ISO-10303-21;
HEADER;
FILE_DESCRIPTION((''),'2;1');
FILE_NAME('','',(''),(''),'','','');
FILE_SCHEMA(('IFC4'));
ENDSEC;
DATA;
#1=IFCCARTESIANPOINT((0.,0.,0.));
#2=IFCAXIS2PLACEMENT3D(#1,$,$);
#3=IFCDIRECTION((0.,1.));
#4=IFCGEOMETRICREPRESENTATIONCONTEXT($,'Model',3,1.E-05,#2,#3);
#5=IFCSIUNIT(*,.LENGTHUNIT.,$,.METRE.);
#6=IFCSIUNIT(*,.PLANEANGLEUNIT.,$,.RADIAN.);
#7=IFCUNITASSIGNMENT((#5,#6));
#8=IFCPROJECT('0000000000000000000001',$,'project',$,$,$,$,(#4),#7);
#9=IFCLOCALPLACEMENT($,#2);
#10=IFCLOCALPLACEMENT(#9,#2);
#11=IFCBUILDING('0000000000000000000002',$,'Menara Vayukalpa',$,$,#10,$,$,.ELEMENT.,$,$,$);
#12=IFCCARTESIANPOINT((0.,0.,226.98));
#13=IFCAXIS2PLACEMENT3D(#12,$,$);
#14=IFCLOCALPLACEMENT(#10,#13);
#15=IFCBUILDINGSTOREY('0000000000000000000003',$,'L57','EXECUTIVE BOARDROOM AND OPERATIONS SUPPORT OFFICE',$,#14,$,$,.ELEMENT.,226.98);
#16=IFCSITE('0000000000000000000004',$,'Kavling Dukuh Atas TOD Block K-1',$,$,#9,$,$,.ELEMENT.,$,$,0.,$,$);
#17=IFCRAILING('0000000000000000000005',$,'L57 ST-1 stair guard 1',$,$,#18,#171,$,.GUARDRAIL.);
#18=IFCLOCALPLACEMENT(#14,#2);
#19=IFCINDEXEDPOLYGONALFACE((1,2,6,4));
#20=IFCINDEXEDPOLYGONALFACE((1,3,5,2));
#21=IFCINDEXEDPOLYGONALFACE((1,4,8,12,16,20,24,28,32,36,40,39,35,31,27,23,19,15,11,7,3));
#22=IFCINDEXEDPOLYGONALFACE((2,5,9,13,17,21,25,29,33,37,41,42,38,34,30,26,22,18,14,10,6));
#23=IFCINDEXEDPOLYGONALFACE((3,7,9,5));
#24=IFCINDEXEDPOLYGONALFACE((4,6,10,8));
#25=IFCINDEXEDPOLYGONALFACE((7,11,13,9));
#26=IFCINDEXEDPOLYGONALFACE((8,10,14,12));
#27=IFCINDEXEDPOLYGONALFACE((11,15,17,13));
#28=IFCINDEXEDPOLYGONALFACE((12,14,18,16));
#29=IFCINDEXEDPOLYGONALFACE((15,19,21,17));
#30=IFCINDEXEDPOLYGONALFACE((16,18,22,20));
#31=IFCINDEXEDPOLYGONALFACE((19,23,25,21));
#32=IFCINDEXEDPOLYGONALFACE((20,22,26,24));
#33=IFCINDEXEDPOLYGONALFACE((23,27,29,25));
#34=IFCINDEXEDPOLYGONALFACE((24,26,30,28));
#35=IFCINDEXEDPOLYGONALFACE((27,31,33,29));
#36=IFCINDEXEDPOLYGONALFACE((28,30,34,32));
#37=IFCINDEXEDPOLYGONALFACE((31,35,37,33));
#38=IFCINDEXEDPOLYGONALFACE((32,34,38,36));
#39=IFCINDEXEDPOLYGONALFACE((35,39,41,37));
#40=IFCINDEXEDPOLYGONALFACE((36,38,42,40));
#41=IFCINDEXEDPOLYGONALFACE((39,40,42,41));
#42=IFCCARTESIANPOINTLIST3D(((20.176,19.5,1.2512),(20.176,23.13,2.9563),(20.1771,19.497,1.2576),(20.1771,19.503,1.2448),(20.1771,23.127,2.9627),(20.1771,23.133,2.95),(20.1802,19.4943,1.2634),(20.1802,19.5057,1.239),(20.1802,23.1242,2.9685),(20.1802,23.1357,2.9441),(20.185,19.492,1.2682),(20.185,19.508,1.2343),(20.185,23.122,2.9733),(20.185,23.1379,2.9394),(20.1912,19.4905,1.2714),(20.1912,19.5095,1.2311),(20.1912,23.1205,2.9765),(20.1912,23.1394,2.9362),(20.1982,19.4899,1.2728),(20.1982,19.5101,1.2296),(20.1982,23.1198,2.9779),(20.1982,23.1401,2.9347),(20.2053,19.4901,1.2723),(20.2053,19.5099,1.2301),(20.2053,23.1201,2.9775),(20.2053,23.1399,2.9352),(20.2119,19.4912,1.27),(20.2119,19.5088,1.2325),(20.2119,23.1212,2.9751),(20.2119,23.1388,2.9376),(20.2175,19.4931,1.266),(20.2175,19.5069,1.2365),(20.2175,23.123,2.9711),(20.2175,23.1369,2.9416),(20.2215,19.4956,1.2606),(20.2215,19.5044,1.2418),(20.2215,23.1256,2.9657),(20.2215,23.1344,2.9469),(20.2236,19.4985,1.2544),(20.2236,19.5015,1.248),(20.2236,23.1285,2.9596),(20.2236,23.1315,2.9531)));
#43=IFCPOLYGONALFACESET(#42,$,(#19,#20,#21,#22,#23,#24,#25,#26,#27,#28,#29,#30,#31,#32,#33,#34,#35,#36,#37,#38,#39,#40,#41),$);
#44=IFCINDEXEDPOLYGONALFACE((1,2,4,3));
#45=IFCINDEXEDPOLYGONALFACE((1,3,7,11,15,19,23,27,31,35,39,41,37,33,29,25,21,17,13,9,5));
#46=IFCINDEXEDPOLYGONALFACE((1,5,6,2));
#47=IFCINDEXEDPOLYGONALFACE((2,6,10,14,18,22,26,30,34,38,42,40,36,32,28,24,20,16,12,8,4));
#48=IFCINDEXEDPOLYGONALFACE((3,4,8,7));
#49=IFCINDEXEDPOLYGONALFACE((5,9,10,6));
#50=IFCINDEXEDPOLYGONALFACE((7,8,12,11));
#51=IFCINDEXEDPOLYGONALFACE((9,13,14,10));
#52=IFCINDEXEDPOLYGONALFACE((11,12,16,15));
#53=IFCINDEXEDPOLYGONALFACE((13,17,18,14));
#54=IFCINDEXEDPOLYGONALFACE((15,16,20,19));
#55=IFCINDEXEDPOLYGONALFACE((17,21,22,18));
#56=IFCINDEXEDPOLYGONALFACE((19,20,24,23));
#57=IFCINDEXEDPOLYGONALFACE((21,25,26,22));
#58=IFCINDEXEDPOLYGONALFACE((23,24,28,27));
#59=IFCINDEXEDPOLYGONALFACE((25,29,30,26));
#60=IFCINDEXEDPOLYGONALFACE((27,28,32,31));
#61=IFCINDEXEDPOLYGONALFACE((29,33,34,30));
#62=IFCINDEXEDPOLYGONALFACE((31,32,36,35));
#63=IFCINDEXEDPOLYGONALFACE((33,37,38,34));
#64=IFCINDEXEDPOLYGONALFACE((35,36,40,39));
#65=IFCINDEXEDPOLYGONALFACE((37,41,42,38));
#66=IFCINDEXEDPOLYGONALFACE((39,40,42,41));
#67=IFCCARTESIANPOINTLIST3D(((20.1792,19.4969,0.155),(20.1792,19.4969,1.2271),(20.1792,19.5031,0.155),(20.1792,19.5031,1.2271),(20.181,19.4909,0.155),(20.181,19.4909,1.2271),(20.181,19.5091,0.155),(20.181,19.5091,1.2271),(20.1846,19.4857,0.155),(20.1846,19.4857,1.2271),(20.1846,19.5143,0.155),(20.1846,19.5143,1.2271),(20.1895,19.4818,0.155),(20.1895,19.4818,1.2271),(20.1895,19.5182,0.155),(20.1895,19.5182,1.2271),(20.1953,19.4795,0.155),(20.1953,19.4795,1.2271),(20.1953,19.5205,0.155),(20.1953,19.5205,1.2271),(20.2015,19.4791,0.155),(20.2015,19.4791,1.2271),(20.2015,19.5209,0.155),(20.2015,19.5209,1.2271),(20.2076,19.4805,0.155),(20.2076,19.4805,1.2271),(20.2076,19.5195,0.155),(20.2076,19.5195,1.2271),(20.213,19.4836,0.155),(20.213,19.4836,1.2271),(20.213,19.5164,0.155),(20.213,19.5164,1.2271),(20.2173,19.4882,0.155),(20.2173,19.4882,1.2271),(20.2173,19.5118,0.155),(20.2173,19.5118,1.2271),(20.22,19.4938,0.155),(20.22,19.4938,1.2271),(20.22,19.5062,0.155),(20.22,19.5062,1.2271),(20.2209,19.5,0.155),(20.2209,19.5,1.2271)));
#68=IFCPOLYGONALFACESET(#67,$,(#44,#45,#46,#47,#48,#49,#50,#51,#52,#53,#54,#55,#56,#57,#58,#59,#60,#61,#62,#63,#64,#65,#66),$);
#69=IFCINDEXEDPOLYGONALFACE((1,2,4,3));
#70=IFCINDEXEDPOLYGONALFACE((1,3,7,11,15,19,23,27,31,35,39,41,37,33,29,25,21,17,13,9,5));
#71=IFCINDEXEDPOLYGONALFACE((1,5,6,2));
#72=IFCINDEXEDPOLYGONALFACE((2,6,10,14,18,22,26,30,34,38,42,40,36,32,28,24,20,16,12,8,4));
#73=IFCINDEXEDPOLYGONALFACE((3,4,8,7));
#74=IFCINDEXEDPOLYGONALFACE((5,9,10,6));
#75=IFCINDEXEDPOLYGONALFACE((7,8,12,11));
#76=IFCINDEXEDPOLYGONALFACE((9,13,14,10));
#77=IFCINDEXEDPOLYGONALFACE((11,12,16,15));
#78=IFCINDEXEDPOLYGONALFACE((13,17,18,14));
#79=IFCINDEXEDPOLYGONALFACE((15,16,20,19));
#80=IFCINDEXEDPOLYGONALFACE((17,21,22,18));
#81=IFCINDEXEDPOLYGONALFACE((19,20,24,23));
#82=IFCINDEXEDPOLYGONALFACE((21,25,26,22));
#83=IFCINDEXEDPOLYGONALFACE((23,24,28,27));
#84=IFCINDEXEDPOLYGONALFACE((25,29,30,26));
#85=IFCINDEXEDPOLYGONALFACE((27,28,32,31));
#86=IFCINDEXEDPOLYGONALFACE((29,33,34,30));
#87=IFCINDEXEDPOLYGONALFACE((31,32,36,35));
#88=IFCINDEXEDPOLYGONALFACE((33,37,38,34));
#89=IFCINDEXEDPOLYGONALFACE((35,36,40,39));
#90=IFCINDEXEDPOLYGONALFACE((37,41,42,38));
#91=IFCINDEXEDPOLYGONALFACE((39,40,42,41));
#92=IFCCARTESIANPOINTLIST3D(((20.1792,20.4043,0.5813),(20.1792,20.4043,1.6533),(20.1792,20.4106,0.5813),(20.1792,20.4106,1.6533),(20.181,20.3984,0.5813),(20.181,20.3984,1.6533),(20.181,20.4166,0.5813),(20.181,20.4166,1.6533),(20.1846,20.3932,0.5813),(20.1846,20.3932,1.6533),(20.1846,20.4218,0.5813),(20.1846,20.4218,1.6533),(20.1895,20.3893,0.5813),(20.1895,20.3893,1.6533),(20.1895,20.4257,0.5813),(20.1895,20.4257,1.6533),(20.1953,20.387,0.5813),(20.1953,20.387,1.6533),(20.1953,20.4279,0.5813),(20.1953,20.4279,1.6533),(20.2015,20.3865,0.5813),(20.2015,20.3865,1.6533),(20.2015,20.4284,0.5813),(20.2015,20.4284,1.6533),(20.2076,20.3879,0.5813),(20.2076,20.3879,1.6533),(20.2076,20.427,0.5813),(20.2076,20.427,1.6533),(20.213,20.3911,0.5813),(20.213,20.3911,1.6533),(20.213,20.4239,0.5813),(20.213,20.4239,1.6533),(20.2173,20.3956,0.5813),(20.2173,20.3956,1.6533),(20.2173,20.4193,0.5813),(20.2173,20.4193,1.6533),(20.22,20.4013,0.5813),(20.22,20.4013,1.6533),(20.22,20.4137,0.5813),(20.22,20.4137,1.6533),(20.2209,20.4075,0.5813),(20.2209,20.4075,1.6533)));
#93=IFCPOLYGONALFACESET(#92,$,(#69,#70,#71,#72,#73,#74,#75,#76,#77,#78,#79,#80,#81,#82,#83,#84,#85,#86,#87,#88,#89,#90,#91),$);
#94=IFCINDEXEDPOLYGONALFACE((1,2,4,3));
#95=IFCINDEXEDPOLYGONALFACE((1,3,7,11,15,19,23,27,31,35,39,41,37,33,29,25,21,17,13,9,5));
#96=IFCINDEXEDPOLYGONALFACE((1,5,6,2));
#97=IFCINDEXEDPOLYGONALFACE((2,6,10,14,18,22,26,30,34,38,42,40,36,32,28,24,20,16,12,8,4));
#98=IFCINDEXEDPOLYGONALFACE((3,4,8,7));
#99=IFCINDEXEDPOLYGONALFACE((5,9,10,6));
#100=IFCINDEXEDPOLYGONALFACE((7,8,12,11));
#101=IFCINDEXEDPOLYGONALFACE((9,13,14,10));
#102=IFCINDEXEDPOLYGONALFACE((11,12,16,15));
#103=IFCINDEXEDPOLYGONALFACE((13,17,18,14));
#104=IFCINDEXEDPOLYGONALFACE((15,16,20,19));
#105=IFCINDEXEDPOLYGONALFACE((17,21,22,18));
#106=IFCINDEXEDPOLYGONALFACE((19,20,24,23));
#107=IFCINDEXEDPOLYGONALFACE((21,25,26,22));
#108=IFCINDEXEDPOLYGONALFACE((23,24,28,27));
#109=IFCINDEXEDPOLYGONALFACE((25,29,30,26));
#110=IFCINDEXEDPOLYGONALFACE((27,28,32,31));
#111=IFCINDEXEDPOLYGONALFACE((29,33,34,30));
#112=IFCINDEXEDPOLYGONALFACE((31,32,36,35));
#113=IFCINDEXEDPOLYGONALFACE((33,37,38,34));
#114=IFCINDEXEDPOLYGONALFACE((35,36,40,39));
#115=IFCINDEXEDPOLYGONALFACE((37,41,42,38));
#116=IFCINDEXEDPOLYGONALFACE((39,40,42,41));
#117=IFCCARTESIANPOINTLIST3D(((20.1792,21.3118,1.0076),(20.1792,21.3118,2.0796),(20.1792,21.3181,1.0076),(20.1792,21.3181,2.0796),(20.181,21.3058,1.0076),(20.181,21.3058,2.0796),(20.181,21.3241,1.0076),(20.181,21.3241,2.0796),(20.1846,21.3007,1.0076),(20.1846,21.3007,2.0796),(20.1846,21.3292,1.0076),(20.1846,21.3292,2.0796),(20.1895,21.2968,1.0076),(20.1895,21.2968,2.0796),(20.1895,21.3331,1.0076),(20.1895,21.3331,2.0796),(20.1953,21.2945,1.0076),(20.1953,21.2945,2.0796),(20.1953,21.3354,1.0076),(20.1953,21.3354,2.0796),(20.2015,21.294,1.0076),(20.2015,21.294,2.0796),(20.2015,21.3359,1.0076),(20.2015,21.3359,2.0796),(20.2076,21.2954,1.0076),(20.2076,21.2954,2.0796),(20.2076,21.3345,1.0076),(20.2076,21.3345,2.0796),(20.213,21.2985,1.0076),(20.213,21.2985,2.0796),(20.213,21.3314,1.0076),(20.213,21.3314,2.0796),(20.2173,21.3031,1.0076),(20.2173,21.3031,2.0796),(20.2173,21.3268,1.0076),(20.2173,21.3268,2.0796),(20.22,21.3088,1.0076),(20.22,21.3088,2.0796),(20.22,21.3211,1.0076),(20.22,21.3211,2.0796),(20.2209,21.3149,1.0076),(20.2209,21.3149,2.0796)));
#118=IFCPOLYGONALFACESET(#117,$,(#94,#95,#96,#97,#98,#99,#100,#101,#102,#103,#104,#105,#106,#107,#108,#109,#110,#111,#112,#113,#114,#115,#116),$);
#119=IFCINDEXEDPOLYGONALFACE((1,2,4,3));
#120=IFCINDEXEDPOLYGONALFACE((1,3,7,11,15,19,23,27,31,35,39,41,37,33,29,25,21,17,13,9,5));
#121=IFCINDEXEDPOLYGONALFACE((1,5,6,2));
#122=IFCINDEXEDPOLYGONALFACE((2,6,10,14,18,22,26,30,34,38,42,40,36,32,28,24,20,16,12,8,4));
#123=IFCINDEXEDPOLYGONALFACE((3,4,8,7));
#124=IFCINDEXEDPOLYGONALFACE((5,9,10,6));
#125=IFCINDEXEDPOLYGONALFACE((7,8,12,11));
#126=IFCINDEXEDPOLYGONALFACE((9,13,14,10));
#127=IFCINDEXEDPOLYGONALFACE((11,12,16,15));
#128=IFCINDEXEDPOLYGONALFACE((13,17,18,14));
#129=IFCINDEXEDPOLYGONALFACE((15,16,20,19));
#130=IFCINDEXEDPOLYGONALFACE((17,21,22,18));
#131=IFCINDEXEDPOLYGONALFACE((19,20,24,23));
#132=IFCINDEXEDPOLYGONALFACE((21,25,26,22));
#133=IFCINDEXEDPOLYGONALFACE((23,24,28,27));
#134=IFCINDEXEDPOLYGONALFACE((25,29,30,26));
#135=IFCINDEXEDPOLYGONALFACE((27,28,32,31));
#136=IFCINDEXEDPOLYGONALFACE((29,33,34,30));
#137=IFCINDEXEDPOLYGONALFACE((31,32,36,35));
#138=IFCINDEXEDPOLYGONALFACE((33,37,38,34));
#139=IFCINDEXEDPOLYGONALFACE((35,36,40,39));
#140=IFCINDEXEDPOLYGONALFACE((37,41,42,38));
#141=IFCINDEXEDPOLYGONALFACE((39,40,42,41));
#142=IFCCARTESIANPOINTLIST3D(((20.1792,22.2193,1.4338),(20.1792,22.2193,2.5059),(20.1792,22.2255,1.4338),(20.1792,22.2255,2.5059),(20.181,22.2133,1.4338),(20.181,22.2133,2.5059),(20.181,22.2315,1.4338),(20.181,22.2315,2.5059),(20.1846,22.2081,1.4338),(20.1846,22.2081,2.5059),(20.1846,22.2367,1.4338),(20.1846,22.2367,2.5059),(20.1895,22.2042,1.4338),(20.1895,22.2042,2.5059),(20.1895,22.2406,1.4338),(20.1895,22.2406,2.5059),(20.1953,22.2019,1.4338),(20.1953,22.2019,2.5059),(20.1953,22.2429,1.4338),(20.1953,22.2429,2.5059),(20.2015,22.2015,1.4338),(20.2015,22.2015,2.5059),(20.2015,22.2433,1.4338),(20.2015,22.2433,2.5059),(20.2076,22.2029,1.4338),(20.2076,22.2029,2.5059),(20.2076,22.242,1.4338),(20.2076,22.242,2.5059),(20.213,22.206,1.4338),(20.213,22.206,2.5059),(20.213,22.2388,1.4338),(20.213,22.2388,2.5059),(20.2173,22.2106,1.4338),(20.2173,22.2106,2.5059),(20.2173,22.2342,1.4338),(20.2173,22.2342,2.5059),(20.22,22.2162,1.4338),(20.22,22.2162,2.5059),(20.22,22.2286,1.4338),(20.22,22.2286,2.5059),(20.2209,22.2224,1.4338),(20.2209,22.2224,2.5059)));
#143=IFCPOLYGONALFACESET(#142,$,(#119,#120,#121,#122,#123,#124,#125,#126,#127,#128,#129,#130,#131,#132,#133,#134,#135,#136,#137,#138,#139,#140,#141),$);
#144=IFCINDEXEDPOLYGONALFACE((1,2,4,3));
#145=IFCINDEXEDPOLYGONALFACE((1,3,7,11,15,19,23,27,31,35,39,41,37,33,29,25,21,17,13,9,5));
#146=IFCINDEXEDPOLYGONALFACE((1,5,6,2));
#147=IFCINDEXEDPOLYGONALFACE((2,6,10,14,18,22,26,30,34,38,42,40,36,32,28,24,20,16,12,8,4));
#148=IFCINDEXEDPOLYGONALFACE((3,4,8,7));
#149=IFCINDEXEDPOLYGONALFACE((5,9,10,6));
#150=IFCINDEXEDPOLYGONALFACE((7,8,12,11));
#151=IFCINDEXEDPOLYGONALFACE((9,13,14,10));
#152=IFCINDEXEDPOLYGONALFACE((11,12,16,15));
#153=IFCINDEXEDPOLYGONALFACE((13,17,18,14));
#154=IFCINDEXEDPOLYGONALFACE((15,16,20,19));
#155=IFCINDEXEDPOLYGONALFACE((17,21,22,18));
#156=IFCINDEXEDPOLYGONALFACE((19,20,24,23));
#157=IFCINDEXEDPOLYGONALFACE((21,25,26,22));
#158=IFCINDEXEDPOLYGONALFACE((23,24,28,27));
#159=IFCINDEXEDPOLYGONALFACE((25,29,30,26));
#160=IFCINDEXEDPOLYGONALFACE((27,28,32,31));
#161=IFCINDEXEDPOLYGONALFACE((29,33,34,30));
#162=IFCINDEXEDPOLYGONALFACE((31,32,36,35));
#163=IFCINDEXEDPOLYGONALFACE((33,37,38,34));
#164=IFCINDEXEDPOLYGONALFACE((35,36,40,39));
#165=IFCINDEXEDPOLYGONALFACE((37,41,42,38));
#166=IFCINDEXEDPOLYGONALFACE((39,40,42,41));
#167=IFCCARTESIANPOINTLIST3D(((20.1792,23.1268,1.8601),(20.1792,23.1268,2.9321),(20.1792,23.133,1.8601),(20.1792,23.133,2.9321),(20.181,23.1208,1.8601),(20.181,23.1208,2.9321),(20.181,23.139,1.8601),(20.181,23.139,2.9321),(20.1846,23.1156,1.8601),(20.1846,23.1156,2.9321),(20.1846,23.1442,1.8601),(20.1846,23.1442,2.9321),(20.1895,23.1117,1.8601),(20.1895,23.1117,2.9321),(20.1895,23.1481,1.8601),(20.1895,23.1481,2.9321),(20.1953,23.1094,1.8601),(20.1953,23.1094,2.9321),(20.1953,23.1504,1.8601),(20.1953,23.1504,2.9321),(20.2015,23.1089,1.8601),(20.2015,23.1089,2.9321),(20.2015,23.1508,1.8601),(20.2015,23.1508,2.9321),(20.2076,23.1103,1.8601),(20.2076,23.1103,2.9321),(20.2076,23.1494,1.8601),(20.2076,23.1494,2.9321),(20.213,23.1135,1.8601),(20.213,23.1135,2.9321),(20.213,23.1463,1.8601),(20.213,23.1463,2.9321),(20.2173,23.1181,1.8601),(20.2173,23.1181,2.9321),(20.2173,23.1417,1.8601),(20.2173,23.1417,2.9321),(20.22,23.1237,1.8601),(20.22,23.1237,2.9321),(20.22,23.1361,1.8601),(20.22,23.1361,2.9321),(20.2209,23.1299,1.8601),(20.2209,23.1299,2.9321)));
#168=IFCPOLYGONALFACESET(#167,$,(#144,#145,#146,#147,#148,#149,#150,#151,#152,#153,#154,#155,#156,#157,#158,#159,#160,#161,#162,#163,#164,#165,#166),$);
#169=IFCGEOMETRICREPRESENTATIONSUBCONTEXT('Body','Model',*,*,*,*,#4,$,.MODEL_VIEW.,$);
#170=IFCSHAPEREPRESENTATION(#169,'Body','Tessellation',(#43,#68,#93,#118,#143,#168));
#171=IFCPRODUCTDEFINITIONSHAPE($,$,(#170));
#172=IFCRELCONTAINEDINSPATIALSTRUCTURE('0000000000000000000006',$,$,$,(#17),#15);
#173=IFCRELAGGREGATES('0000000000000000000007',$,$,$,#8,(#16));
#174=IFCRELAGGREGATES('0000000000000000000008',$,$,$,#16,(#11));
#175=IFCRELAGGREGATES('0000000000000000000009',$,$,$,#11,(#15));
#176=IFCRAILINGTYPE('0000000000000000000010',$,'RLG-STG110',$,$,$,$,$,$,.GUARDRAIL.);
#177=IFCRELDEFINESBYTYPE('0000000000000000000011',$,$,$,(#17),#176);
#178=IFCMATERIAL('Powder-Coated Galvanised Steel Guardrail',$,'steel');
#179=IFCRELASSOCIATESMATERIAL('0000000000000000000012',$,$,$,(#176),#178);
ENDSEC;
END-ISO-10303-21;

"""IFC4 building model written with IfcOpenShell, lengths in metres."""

from ifc_helpers import new_model, si_unit, direction, frame, origin, origin_2d, place, context, subcontext, project, spatial, circle, extrude, material, type_object, element, save


model = new_model("IFC4")

# Units and contexts
model_context = context("Model", 3, precision=1e-05, world=origin(), true_north=direction((0.0, 1.0)))
body_context = subcontext(model_context, "Body", "Model", "MODEL_VIEW")
ifc_project = project(units=[si_unit("LENGTHUNIT", "METRE"), si_unit("PLANEANGLEUNIT", "RADIAN")], contexts=[model_context])

# Site, building, storey
site_placement = place(None, origin())
site = spatial("IfcSite", under=ifc_project, at=site_placement, Name="Kavling Dukuh Atas TOD Block K-1", CompositionType="ELEMENT", RefElevation=0.0)
building_placement = place(site_placement, origin())
building = spatial("IfcBuilding", under=site, at=building_placement, Name="Menara Vayukalpa", CompositionType="ELEMENT")
storey_placement = place(building_placement, frame((0.0, 0.0, 226.98)))
storey = spatial("IfcBuildingStorey", under=building, at=storey_placement, Name="L57", Description="EXECUTIVE BOARDROOM AND OPERATIONS SUPPORT OFFICE", CompositionType="ELEMENT", Elevation=226.98)

# Railing
ifc_material_1 = material(Name="Powder-Coated Galvanised Steel Guardrail", Category="steel")
railing_type_1 = type_object("IfcRailingType", Name="RLG-STG110", PredefinedType="GUARDRAIL", material=ifc_material_1)
railing_1_placement = place(storey_placement, frame((20.2, 19.5, 0.155)))
element("IfcRailing", 1, at=railing_1_placement, inside=storey, type_object=railing_type_1, Name="L57 ST-1 stair guard 1", PredefinedType="GUARDRAIL", context=body_context, shape_type="SweptSolid", body=[
    extrude(circle(Radius=0.0239, at=origin_2d()), frame((0.0, 0.0, 1.0962), z_axis=(0.0, 0.905116, 0.425164), x_axis=(-1.0, 0.0, 0.0)), (0.0, 0.0, 1.0), 4.0105),
    extrude(circle(Radius=0.021, at=origin_2d()), origin(), (0.0, 0.0, 1.0), 1.072),
    extrude(circle(Radius=0.021, at=origin_2d()), frame((0.0, 0.9075, 0.4263)), (0.0, 0.0, 1.0), 1.072),
    extrude(circle(Radius=0.021, at=origin_2d()), frame((0.0, 1.8149, 0.8525)), (0.0, 0.0, 1.0), 1.072),
    extrude(circle(Radius=0.021, at=origin_2d()), frame((0.0, 2.7224, 1.2788)), (0.0, 0.0, 1.0), 1.072),
    extrude(circle(Radius=0.021, at=origin_2d()), frame((0.0, 3.6299, 1.7051)), (0.0, 0.0, 1.0), 1.072),
])

save(model, "model.ifc")
